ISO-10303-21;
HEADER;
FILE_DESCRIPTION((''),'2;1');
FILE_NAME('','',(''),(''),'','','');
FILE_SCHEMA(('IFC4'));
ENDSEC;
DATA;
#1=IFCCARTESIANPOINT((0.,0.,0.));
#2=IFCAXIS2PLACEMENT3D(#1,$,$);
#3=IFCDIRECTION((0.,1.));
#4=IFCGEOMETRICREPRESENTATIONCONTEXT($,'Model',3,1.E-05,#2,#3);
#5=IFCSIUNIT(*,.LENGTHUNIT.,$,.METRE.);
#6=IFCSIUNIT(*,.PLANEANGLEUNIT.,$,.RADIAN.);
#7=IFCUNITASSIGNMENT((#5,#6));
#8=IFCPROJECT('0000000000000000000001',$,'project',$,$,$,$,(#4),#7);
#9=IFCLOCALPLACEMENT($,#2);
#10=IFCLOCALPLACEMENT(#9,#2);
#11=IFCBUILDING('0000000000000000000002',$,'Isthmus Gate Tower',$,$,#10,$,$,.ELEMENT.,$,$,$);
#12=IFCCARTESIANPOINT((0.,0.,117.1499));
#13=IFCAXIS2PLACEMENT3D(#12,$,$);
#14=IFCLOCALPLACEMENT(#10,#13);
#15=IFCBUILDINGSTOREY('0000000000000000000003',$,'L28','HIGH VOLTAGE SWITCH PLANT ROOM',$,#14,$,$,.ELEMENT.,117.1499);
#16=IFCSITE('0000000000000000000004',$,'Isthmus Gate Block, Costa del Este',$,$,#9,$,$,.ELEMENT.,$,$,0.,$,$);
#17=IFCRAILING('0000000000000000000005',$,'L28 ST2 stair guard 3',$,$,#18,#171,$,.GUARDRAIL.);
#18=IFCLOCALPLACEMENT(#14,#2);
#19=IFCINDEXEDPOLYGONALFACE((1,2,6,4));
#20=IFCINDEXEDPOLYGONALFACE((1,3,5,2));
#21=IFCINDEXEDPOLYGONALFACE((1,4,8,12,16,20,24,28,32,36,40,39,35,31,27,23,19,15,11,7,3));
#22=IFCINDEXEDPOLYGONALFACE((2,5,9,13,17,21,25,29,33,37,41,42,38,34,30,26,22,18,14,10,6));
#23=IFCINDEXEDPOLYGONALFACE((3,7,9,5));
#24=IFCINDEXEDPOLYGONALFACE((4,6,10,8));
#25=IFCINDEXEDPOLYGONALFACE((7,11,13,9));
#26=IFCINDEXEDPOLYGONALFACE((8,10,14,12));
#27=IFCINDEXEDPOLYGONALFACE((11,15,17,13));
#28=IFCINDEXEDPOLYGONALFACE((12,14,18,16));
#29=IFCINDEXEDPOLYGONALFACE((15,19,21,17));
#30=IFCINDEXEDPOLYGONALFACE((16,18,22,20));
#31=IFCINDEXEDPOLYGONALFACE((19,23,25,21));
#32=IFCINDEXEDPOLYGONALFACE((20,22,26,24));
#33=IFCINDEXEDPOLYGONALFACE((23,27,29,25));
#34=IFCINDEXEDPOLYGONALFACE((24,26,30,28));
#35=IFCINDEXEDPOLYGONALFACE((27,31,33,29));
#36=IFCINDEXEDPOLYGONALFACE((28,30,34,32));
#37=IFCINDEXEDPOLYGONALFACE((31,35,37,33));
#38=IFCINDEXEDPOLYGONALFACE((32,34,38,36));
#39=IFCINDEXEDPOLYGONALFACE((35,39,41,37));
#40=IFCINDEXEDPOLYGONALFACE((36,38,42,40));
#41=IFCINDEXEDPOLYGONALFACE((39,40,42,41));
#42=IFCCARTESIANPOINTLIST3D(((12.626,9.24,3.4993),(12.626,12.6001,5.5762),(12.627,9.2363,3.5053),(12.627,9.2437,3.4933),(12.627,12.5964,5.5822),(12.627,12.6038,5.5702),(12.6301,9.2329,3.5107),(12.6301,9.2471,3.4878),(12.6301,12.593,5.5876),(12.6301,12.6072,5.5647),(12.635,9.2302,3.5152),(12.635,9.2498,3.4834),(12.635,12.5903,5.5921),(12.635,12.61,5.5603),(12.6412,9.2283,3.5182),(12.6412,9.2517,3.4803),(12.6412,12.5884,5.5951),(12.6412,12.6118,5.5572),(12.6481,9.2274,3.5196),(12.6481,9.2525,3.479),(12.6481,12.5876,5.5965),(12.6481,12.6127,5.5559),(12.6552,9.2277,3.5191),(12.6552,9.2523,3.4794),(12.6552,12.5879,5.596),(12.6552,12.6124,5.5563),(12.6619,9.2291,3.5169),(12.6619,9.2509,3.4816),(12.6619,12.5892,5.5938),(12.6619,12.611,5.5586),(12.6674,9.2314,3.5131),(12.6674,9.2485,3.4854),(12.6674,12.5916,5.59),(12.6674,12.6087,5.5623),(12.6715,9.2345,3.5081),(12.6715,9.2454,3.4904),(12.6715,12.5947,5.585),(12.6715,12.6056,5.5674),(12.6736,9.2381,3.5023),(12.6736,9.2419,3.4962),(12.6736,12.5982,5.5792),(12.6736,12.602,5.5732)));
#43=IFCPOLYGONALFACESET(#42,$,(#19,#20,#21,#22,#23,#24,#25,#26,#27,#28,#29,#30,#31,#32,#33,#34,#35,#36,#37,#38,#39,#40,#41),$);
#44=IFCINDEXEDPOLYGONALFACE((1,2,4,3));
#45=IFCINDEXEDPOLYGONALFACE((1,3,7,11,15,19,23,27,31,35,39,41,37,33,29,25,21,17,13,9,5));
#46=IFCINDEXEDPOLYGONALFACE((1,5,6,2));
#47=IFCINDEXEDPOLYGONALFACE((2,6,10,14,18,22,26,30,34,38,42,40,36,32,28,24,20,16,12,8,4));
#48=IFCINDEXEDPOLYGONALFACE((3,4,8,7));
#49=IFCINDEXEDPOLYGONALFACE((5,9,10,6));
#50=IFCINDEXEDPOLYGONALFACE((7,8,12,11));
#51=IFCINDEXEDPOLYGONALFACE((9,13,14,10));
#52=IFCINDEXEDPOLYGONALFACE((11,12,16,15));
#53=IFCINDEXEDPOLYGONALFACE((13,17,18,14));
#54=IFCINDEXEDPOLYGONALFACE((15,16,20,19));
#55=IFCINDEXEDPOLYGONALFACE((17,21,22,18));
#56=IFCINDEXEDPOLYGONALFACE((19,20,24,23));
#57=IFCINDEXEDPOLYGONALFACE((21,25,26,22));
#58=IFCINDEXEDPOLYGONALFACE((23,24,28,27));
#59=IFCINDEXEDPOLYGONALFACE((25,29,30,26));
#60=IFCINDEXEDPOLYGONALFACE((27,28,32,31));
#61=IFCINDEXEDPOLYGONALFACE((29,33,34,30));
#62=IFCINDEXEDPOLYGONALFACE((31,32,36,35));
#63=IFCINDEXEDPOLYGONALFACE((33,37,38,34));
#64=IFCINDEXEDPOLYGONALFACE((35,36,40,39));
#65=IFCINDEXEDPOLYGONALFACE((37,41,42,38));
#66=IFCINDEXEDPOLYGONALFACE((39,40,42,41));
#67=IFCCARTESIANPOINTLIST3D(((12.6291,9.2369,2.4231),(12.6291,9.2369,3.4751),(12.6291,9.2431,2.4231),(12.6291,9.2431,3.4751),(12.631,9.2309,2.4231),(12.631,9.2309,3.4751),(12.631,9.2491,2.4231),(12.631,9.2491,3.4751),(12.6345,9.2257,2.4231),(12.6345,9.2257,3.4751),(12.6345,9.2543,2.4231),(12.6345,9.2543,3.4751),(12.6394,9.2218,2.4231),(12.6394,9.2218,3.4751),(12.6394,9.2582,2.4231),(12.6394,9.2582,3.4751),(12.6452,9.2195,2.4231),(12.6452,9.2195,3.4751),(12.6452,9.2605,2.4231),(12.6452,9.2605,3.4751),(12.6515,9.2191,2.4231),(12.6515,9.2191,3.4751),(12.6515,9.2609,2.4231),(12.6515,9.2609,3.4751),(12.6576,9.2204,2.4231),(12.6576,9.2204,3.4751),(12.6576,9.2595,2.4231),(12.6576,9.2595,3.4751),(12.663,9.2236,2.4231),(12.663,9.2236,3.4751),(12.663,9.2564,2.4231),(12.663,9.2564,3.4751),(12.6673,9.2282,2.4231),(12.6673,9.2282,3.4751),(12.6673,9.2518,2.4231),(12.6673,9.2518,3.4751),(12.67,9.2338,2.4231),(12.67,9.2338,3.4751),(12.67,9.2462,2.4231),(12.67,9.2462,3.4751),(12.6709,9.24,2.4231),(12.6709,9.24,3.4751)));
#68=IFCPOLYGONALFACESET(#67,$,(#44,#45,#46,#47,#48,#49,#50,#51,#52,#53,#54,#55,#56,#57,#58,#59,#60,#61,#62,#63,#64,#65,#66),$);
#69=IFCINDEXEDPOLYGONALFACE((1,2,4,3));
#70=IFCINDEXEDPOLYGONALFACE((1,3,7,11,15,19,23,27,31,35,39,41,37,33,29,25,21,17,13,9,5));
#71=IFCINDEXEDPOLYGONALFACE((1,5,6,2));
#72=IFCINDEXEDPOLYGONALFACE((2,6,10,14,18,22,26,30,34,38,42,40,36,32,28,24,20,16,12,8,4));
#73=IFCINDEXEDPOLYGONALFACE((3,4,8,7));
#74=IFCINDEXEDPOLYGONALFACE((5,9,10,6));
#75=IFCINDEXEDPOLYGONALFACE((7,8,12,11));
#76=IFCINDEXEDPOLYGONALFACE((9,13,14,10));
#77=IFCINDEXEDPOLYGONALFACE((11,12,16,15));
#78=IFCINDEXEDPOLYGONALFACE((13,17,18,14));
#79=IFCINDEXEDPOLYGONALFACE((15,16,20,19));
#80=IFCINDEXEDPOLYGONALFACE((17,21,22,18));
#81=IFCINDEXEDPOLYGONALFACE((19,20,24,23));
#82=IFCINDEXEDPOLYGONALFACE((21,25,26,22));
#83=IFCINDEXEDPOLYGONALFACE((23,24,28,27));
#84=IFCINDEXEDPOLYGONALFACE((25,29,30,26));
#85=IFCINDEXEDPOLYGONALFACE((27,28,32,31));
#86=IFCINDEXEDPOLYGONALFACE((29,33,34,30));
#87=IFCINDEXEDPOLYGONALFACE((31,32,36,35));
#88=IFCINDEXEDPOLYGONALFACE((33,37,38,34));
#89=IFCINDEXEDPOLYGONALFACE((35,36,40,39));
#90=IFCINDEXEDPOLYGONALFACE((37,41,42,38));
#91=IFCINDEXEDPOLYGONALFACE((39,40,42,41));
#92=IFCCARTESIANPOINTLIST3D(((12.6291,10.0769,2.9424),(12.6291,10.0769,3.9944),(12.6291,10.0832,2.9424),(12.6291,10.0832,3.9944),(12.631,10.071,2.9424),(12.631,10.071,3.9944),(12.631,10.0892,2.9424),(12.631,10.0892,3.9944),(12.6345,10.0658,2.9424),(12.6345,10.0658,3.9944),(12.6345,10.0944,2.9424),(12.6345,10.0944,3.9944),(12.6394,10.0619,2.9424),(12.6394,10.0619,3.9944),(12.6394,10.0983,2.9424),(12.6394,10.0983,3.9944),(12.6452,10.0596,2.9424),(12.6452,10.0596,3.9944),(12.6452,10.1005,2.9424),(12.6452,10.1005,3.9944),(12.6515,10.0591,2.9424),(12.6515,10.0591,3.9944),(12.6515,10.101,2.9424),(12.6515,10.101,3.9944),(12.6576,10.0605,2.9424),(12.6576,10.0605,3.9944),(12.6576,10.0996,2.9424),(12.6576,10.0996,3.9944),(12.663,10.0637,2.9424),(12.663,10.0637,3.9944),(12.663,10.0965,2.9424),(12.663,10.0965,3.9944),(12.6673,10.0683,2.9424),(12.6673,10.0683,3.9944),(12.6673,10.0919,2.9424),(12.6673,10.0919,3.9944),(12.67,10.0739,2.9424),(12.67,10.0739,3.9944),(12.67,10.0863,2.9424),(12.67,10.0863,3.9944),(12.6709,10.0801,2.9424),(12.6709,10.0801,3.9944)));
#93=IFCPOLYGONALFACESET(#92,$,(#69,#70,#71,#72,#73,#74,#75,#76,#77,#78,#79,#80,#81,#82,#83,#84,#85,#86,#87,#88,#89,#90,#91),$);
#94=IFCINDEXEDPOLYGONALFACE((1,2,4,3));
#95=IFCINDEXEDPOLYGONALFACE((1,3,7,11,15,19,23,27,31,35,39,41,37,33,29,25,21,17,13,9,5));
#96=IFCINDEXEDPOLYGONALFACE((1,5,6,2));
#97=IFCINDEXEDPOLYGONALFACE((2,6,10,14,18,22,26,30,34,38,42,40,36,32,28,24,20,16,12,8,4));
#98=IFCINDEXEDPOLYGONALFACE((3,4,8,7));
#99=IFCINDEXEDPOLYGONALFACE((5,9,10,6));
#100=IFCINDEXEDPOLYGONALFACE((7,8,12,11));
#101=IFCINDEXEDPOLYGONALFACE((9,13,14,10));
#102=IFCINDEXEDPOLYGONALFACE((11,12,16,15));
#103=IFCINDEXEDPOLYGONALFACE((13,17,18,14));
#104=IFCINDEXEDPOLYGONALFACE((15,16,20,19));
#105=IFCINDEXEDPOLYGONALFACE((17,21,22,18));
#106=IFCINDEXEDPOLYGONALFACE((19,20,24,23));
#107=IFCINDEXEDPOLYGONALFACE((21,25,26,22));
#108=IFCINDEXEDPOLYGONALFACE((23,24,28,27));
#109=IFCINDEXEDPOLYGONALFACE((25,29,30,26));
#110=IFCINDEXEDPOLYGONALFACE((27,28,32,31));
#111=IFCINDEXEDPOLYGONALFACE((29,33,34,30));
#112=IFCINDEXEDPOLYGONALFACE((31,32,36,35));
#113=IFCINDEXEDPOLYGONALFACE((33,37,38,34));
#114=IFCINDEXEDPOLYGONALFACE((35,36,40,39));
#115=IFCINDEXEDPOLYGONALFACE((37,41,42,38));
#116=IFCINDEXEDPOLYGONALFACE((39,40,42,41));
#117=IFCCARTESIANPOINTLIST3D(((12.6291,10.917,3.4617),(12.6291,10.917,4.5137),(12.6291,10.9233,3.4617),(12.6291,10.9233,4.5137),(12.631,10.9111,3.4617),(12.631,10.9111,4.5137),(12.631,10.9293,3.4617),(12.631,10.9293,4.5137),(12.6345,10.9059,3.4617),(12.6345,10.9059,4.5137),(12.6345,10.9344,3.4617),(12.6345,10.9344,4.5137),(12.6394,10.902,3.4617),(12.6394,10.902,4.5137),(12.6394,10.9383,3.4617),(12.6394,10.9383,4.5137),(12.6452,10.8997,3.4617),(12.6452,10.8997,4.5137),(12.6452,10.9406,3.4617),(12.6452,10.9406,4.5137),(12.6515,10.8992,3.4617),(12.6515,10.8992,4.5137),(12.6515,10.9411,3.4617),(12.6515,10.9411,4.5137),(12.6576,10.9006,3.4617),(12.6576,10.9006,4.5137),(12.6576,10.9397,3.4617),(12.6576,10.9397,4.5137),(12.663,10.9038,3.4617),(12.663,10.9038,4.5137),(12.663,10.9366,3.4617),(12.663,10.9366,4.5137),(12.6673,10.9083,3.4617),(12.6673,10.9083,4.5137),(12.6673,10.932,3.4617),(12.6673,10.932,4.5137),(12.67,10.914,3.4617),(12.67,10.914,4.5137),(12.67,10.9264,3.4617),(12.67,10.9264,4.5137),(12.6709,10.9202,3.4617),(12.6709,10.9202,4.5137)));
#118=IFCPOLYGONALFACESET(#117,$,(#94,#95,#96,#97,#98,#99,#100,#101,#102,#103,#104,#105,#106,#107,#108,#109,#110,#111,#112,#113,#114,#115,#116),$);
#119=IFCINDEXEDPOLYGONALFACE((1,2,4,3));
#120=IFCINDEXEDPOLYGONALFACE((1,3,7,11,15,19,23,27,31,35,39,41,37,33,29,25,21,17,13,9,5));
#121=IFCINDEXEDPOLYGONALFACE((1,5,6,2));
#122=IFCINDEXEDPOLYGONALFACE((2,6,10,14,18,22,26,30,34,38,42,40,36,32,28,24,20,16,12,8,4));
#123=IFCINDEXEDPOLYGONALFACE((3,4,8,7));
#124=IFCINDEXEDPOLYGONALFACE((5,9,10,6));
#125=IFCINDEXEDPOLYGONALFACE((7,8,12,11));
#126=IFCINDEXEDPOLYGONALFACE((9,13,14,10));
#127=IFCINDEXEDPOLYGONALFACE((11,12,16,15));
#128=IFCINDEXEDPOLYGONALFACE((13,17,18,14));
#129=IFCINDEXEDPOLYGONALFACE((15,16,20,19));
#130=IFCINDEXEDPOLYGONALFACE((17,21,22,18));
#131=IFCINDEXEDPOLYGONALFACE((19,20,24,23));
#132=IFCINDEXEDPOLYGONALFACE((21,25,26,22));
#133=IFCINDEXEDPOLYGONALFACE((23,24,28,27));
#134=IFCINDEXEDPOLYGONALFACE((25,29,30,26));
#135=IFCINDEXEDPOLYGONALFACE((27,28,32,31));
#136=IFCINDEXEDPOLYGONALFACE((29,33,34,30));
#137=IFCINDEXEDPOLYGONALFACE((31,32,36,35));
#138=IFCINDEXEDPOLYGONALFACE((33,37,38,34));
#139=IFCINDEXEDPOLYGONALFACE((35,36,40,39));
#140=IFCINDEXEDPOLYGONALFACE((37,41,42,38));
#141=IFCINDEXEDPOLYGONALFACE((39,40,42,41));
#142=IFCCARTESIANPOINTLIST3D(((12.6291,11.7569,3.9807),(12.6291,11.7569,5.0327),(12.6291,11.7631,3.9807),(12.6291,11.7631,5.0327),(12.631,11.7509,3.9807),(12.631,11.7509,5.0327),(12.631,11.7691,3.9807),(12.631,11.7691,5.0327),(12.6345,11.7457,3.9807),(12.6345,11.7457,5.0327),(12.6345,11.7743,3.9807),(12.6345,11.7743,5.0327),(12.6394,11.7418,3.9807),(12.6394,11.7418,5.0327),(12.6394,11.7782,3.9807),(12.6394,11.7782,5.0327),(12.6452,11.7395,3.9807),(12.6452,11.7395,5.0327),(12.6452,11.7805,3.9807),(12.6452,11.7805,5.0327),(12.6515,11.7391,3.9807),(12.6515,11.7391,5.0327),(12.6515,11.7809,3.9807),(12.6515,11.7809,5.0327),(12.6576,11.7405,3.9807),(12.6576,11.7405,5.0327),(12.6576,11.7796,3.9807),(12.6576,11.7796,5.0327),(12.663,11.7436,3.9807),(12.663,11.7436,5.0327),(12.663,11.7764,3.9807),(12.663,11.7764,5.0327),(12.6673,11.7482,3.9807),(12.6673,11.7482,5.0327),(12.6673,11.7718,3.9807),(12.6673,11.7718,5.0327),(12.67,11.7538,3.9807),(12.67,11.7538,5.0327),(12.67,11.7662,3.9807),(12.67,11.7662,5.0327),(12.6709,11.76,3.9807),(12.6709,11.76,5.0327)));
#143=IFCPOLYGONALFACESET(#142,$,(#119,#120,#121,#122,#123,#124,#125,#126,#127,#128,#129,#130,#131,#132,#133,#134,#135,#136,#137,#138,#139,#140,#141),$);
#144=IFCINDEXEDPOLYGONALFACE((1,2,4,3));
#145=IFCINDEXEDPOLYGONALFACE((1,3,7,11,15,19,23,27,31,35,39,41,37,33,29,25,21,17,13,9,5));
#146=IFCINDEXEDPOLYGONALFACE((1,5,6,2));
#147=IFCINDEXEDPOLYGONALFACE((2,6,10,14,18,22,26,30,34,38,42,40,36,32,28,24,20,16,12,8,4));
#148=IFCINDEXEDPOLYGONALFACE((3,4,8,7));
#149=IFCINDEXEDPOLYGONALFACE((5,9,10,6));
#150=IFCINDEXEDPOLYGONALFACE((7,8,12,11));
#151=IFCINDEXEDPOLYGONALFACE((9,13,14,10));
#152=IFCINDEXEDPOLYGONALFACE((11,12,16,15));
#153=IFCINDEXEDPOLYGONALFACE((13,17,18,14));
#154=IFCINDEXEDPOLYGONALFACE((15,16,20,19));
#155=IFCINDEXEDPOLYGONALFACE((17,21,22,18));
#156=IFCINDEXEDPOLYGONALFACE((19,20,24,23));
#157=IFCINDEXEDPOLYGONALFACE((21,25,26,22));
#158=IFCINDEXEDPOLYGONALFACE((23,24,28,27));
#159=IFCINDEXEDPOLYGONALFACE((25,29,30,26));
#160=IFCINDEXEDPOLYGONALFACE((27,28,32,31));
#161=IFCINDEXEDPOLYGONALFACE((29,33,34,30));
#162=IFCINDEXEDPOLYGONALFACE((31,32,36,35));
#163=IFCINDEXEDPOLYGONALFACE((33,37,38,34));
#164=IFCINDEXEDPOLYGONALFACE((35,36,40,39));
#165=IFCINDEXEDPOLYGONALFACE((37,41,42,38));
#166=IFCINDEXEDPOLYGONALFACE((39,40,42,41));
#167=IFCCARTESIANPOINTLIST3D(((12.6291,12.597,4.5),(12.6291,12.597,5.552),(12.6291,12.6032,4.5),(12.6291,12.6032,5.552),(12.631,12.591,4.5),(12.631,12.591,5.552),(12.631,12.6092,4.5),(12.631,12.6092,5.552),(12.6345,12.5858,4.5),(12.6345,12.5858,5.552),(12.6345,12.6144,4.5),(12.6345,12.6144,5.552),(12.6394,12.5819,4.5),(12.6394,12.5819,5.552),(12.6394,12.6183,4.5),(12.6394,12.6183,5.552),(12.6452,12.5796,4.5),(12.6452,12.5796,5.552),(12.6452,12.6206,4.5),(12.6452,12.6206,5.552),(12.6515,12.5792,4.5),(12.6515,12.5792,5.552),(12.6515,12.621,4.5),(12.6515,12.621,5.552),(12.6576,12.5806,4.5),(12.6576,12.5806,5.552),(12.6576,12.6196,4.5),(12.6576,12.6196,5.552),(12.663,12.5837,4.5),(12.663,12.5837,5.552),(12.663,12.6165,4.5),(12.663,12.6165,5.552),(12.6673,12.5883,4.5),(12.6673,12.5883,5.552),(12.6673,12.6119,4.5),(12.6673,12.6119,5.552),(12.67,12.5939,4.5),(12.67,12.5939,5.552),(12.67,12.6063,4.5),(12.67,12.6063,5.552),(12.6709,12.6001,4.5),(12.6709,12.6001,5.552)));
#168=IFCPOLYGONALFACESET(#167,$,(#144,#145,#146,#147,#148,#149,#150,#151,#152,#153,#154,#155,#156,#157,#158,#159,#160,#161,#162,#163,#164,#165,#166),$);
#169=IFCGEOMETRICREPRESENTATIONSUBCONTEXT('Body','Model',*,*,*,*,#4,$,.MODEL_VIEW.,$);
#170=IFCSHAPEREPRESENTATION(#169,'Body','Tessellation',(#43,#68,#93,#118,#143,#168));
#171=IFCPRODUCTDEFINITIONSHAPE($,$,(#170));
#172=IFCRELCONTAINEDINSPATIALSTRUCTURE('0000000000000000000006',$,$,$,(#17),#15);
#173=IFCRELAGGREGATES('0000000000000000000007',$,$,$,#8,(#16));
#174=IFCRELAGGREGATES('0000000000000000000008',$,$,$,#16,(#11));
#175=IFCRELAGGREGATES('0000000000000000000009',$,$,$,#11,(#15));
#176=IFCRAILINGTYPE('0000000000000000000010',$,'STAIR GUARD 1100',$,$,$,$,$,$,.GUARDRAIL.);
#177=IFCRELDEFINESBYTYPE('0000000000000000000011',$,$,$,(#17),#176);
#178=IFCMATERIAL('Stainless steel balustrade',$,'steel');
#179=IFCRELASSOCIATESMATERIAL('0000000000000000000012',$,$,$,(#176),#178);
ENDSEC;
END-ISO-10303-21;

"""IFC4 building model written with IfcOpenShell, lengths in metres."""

from ifc_helpers import new_model, si_unit, direction, frame, origin, origin_2d, place, context, subcontext, project, spatial, circle, extrude, material, type_object, element, save


model = new_model("IFC4")

# Units and contexts
model_context = context("Model", 3, precision=1e-05, world=origin(), true_north=direction((0.0, 1.0)))
body_context = subcontext(model_context, "Body", "Model", "MODEL_VIEW")
ifc_project = project(units=[si_unit("LENGTHUNIT", "METRE"), si_unit("PLANEANGLEUNIT", "RADIAN")], contexts=[model_context])

# Site, building, storey
site_placement = place(None, origin())
site = spatial("IfcSite", under=ifc_project, at=site_placement, Name="Isthmus Gate Block, Costa del Este", CompositionType="ELEMENT", RefElevation=0.0)
building_placement = place(site_placement, origin())
building = spatial("IfcBuilding", under=site, at=building_placement, Name="Isthmus Gate Tower", CompositionType="ELEMENT")
storey_placement = place(building_placement, frame((0.0, 0.0, 117.1499)))
storey = spatial("IfcBuildingStorey", under=building, at=storey_placement, Name="L28", Description="HIGH VOLTAGE SWITCH PLANT ROOM", CompositionType="ELEMENT", Elevation=117.1499)

# Railing
ifc_material_1 = material(Name="Stainless steel balustrade", Category="steel")
railing_type_1 = type_object("IfcRailingType", Name="STAIR GUARD 1100", PredefinedType="GUARDRAIL", material=ifc_material_1)
railing_1_placement = place(storey_placement, frame((12.6499, 9.24, 2.4231)))
element("IfcRailing", 1, at=railing_1_placement, inside=storey, type_object=railing_type_1, Name="L28 ST2 stair guard 3", PredefinedType="GUARDRAIL", context=body_context, shape_type="SweptSolid", body=[
    extrude(circle(Radius=0.0239, at=origin_2d()), frame((0.0, 0.0, 1.0762), z_axis=(0.0, 0.850623, 0.525776), x_axis=(-1.0, 0.0, 0.0)), (0.0, 0.0, 1.0), 3.9502),
    extrude(circle(Radius=0.021, at=origin_2d()), origin(), (0.0, 0.0, 1.0), 1.052),
    extrude(circle(Radius=0.021, at=origin_2d()), frame((0.0, 0.8401, 0.5193)), (0.0, 0.0, 1.0), 1.052),
    extrude(circle(Radius=0.021, at=origin_2d()), frame((0.0, 1.6802, 1.0386)), (0.0, 0.0, 1.0), 1.052),
    extrude(circle(Radius=0.021, at=origin_2d()), frame((0.0, 2.52, 1.5576)), (0.0, 0.0, 1.0), 1.052),
    extrude(circle(Radius=0.021, at=origin_2d()), frame((0.0, 3.3601, 2.0769)), (0.0, 0.0, 1.0), 1.052),
])

save(model, "model.ifc")
